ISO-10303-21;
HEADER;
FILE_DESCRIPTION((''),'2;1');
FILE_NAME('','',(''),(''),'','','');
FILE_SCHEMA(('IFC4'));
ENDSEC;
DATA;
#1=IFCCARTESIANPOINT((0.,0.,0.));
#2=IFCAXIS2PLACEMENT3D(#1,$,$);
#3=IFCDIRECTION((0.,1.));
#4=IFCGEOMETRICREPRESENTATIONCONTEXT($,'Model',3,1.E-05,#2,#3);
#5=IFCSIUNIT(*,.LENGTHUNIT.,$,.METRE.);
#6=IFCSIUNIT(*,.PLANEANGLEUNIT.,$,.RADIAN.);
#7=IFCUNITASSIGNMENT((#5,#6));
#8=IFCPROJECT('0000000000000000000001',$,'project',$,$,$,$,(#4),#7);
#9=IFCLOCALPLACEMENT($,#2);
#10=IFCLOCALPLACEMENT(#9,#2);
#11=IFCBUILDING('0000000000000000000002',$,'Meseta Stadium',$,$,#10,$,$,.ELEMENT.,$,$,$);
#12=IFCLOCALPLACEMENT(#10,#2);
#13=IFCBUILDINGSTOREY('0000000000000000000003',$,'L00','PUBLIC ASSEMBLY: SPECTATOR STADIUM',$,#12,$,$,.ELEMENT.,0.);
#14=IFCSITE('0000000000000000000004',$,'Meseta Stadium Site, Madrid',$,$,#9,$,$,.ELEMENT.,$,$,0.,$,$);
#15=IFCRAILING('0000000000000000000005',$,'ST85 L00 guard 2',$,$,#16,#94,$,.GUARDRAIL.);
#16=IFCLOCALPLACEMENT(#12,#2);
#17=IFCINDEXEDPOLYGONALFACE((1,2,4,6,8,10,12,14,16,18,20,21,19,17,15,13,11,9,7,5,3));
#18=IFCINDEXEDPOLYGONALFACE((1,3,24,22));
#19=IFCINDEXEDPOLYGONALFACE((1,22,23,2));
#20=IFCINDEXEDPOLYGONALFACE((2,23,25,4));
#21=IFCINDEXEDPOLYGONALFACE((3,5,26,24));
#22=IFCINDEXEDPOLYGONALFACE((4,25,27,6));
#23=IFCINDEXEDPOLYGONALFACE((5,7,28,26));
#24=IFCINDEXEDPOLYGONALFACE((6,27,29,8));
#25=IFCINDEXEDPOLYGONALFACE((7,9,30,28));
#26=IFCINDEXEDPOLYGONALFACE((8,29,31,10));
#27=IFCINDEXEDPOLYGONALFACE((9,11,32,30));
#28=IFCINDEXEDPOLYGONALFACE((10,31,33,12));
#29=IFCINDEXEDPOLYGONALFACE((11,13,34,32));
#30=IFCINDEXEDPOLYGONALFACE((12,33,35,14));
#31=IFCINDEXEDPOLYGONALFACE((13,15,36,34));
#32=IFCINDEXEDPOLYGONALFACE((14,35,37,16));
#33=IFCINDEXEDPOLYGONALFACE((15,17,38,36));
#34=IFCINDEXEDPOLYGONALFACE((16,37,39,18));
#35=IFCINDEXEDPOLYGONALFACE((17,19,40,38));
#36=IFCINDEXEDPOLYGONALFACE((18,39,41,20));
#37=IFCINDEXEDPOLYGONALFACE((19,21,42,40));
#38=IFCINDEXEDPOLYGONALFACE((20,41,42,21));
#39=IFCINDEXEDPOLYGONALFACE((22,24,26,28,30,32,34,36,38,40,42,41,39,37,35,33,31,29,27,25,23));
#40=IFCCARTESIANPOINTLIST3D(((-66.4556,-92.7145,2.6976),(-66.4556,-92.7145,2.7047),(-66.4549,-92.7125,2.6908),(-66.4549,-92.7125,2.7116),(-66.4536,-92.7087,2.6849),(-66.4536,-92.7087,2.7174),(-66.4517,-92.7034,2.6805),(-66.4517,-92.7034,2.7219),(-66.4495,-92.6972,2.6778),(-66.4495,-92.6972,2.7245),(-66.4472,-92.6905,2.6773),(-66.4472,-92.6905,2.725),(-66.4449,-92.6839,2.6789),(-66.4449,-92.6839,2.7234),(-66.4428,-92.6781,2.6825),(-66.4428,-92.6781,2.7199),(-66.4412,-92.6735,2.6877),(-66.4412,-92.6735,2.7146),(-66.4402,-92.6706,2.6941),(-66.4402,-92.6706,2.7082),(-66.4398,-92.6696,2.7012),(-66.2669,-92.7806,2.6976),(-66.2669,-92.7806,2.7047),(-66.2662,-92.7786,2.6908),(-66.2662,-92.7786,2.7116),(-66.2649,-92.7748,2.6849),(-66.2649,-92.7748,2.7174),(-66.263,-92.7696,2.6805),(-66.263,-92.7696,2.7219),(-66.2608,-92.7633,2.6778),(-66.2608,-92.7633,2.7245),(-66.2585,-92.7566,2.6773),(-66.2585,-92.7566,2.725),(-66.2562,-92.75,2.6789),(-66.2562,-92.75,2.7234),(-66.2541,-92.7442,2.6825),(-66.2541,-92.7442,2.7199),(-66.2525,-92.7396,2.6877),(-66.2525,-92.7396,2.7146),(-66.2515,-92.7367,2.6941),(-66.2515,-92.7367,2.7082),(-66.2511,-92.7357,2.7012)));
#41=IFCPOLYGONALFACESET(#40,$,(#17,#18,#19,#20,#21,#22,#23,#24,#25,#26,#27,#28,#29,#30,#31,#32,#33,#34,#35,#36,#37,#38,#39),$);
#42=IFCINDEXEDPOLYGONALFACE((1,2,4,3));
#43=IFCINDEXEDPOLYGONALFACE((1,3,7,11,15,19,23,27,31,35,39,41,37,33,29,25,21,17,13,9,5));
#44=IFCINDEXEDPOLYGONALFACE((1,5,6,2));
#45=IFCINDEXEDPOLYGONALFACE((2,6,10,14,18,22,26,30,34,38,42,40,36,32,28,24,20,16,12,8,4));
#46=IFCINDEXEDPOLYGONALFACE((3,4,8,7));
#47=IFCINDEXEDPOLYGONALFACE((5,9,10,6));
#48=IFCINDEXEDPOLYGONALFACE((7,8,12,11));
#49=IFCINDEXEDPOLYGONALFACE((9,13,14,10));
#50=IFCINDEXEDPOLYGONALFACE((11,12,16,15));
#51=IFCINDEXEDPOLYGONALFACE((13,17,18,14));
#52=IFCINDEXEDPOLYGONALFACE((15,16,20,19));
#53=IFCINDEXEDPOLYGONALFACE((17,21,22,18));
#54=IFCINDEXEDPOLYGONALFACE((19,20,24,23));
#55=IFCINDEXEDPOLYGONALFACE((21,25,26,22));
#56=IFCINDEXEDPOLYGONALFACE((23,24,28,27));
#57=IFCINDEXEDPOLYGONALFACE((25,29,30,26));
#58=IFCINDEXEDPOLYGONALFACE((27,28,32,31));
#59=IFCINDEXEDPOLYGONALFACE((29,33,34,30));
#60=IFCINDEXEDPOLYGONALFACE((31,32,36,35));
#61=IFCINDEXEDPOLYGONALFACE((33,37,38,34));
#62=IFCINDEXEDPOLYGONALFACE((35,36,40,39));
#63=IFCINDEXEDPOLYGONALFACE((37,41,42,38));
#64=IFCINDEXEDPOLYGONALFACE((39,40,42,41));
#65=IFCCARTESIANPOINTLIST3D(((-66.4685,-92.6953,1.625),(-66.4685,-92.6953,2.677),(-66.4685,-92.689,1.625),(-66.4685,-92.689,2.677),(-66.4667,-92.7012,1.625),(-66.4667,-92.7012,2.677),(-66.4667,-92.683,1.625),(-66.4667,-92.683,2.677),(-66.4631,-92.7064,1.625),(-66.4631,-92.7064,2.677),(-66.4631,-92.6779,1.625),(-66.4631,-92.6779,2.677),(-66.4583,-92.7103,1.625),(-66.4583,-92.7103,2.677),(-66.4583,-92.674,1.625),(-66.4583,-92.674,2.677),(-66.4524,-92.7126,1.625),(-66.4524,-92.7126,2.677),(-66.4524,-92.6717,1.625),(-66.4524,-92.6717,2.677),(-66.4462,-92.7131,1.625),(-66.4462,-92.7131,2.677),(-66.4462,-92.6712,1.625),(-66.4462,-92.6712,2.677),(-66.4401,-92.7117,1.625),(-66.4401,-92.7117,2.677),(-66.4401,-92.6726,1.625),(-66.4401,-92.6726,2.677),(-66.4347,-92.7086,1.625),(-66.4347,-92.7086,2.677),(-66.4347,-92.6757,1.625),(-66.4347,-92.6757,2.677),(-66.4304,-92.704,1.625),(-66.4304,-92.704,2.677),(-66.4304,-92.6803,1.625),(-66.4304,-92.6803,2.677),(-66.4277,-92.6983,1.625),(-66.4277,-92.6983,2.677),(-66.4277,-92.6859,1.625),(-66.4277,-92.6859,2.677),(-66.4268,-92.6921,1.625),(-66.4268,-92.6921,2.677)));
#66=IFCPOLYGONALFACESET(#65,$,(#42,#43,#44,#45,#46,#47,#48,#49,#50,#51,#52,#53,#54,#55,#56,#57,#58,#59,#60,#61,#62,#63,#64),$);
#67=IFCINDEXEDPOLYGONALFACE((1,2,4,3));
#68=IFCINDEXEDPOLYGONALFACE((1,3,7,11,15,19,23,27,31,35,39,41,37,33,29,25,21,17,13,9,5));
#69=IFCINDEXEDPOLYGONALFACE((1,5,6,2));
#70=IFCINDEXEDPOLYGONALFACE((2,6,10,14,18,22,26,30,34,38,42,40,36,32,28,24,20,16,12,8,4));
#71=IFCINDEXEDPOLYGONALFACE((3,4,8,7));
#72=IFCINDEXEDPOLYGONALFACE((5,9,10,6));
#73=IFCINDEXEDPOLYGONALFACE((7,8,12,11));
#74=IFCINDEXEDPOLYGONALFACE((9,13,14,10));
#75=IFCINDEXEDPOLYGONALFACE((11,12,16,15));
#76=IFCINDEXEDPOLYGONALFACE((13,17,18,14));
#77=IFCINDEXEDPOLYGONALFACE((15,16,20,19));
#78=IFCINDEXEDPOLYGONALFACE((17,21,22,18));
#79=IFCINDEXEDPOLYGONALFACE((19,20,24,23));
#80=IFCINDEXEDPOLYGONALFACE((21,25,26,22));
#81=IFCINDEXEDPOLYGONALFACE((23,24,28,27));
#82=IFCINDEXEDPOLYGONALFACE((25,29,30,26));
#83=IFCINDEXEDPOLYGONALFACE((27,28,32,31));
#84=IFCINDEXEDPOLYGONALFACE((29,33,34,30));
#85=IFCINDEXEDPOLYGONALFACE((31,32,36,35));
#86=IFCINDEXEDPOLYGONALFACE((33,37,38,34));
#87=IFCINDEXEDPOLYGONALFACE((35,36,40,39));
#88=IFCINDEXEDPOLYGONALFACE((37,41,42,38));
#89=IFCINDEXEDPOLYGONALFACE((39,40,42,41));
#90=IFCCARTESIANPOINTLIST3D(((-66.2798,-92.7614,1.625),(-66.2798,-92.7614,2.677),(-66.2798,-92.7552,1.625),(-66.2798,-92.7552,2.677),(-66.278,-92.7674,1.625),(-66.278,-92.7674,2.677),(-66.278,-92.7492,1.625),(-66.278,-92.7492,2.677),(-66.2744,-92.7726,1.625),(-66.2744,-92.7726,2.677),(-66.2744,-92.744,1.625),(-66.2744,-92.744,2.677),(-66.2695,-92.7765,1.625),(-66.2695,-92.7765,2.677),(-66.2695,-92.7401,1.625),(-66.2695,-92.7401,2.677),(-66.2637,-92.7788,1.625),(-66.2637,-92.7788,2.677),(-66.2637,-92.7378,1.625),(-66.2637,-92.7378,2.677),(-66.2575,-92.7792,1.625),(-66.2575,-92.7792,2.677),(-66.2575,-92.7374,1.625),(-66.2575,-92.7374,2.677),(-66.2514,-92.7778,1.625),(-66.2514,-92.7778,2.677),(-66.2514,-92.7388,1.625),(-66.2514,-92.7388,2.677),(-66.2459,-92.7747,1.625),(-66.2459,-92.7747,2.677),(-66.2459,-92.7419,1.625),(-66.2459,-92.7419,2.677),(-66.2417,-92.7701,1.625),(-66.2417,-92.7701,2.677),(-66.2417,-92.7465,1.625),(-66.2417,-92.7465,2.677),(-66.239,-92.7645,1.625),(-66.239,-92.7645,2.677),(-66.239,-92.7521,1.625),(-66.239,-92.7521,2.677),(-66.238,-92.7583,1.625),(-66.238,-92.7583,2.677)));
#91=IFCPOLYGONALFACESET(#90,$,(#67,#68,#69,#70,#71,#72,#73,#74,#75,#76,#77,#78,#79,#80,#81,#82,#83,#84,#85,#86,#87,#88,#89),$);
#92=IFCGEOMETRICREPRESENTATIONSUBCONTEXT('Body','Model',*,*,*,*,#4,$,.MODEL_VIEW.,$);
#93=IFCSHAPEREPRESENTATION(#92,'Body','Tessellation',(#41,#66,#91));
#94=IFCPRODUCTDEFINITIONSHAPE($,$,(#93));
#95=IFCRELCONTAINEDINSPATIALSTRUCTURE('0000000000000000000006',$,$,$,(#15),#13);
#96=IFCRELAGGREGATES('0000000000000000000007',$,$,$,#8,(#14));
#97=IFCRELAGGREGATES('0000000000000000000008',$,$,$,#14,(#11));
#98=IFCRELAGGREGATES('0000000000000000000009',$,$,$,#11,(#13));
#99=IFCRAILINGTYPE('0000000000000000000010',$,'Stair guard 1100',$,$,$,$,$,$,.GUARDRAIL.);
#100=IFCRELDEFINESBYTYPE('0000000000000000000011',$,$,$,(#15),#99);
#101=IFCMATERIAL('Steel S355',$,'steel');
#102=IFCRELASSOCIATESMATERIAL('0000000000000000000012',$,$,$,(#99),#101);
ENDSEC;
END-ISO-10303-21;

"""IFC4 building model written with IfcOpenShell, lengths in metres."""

from ifc_helpers import new_model, si_unit, direction, frame, origin, origin_2d, place, context, subcontext, project, spatial, circle, extrude, material, type_object, element, save


model = new_model("IFC4")

# Units and contexts
model_context = context("Model", 3, precision=1e-05, world=origin(), true_north=direction((0.0, 1.0)))
body_context = subcontext(model_context, "Body", "Model", "MODEL_VIEW")
ifc_project = project(units=[si_unit("LENGTHUNIT", "METRE"), si_unit("PLANEANGLEUNIT", "RADIAN")], contexts=[model_context])

# Site, building, storey
site_placement = place(None, origin())
site = spatial("IfcSite", under=ifc_project, at=site_placement, Name="Meseta Stadium Site, Madrid", CompositionType="ELEMENT", RefElevation=0.0)
building_placement = place(site_placement, origin())
building = spatial("IfcBuilding", under=site, at=building_placement, Name="Meseta Stadium", CompositionType="ELEMENT")
storey_placement = place(building_placement, origin())
storey = spatial("IfcBuildingStorey", under=building, at=storey_placement, Name="L00", Description="PUBLIC ASSEMBLY: SPECTATOR STADIUM", CompositionType="ELEMENT", Elevation=0.0)

# Railing
ifc_material_1 = material(Name="Steel S355", Category="steel")
railing_type_1 = type_object("IfcRailingType", Name="Stair guard 1100", PredefinedType="GUARDRAIL", material=ifc_material_1)
railing_1_placement = place(storey_placement, frame((-66.4478, -92.6921, 1.625)))
element("IfcRailing", 1, at=railing_1_placement, inside=storey, type_object=railing_type_1, Name="ST85 L00 guard 2", PredefinedType="GUARDRAIL", context=body_context, shape_type="SweptSolid", body=[
    extrude(circle(Radius=0.0239, at=origin_2d()), frame((0.0, 0.0, 1.0762), z_axis=(0.943687, -0.33084, 0.0), x_axis=(0.33084, 0.943687, 0.0)), (0.0, 0.0, 1.0), 0.2),
    extrude(circle(Radius=0.021, at=origin_2d()), origin(), (0.0, 0.0, 1.0), 1.052),
    extrude(circle(Radius=0.021, at=origin_2d()), frame((0.1887, -0.0662, 0.0)), (0.0, 0.0, 1.0), 1.052),
])

save(model, "model.ifc")
